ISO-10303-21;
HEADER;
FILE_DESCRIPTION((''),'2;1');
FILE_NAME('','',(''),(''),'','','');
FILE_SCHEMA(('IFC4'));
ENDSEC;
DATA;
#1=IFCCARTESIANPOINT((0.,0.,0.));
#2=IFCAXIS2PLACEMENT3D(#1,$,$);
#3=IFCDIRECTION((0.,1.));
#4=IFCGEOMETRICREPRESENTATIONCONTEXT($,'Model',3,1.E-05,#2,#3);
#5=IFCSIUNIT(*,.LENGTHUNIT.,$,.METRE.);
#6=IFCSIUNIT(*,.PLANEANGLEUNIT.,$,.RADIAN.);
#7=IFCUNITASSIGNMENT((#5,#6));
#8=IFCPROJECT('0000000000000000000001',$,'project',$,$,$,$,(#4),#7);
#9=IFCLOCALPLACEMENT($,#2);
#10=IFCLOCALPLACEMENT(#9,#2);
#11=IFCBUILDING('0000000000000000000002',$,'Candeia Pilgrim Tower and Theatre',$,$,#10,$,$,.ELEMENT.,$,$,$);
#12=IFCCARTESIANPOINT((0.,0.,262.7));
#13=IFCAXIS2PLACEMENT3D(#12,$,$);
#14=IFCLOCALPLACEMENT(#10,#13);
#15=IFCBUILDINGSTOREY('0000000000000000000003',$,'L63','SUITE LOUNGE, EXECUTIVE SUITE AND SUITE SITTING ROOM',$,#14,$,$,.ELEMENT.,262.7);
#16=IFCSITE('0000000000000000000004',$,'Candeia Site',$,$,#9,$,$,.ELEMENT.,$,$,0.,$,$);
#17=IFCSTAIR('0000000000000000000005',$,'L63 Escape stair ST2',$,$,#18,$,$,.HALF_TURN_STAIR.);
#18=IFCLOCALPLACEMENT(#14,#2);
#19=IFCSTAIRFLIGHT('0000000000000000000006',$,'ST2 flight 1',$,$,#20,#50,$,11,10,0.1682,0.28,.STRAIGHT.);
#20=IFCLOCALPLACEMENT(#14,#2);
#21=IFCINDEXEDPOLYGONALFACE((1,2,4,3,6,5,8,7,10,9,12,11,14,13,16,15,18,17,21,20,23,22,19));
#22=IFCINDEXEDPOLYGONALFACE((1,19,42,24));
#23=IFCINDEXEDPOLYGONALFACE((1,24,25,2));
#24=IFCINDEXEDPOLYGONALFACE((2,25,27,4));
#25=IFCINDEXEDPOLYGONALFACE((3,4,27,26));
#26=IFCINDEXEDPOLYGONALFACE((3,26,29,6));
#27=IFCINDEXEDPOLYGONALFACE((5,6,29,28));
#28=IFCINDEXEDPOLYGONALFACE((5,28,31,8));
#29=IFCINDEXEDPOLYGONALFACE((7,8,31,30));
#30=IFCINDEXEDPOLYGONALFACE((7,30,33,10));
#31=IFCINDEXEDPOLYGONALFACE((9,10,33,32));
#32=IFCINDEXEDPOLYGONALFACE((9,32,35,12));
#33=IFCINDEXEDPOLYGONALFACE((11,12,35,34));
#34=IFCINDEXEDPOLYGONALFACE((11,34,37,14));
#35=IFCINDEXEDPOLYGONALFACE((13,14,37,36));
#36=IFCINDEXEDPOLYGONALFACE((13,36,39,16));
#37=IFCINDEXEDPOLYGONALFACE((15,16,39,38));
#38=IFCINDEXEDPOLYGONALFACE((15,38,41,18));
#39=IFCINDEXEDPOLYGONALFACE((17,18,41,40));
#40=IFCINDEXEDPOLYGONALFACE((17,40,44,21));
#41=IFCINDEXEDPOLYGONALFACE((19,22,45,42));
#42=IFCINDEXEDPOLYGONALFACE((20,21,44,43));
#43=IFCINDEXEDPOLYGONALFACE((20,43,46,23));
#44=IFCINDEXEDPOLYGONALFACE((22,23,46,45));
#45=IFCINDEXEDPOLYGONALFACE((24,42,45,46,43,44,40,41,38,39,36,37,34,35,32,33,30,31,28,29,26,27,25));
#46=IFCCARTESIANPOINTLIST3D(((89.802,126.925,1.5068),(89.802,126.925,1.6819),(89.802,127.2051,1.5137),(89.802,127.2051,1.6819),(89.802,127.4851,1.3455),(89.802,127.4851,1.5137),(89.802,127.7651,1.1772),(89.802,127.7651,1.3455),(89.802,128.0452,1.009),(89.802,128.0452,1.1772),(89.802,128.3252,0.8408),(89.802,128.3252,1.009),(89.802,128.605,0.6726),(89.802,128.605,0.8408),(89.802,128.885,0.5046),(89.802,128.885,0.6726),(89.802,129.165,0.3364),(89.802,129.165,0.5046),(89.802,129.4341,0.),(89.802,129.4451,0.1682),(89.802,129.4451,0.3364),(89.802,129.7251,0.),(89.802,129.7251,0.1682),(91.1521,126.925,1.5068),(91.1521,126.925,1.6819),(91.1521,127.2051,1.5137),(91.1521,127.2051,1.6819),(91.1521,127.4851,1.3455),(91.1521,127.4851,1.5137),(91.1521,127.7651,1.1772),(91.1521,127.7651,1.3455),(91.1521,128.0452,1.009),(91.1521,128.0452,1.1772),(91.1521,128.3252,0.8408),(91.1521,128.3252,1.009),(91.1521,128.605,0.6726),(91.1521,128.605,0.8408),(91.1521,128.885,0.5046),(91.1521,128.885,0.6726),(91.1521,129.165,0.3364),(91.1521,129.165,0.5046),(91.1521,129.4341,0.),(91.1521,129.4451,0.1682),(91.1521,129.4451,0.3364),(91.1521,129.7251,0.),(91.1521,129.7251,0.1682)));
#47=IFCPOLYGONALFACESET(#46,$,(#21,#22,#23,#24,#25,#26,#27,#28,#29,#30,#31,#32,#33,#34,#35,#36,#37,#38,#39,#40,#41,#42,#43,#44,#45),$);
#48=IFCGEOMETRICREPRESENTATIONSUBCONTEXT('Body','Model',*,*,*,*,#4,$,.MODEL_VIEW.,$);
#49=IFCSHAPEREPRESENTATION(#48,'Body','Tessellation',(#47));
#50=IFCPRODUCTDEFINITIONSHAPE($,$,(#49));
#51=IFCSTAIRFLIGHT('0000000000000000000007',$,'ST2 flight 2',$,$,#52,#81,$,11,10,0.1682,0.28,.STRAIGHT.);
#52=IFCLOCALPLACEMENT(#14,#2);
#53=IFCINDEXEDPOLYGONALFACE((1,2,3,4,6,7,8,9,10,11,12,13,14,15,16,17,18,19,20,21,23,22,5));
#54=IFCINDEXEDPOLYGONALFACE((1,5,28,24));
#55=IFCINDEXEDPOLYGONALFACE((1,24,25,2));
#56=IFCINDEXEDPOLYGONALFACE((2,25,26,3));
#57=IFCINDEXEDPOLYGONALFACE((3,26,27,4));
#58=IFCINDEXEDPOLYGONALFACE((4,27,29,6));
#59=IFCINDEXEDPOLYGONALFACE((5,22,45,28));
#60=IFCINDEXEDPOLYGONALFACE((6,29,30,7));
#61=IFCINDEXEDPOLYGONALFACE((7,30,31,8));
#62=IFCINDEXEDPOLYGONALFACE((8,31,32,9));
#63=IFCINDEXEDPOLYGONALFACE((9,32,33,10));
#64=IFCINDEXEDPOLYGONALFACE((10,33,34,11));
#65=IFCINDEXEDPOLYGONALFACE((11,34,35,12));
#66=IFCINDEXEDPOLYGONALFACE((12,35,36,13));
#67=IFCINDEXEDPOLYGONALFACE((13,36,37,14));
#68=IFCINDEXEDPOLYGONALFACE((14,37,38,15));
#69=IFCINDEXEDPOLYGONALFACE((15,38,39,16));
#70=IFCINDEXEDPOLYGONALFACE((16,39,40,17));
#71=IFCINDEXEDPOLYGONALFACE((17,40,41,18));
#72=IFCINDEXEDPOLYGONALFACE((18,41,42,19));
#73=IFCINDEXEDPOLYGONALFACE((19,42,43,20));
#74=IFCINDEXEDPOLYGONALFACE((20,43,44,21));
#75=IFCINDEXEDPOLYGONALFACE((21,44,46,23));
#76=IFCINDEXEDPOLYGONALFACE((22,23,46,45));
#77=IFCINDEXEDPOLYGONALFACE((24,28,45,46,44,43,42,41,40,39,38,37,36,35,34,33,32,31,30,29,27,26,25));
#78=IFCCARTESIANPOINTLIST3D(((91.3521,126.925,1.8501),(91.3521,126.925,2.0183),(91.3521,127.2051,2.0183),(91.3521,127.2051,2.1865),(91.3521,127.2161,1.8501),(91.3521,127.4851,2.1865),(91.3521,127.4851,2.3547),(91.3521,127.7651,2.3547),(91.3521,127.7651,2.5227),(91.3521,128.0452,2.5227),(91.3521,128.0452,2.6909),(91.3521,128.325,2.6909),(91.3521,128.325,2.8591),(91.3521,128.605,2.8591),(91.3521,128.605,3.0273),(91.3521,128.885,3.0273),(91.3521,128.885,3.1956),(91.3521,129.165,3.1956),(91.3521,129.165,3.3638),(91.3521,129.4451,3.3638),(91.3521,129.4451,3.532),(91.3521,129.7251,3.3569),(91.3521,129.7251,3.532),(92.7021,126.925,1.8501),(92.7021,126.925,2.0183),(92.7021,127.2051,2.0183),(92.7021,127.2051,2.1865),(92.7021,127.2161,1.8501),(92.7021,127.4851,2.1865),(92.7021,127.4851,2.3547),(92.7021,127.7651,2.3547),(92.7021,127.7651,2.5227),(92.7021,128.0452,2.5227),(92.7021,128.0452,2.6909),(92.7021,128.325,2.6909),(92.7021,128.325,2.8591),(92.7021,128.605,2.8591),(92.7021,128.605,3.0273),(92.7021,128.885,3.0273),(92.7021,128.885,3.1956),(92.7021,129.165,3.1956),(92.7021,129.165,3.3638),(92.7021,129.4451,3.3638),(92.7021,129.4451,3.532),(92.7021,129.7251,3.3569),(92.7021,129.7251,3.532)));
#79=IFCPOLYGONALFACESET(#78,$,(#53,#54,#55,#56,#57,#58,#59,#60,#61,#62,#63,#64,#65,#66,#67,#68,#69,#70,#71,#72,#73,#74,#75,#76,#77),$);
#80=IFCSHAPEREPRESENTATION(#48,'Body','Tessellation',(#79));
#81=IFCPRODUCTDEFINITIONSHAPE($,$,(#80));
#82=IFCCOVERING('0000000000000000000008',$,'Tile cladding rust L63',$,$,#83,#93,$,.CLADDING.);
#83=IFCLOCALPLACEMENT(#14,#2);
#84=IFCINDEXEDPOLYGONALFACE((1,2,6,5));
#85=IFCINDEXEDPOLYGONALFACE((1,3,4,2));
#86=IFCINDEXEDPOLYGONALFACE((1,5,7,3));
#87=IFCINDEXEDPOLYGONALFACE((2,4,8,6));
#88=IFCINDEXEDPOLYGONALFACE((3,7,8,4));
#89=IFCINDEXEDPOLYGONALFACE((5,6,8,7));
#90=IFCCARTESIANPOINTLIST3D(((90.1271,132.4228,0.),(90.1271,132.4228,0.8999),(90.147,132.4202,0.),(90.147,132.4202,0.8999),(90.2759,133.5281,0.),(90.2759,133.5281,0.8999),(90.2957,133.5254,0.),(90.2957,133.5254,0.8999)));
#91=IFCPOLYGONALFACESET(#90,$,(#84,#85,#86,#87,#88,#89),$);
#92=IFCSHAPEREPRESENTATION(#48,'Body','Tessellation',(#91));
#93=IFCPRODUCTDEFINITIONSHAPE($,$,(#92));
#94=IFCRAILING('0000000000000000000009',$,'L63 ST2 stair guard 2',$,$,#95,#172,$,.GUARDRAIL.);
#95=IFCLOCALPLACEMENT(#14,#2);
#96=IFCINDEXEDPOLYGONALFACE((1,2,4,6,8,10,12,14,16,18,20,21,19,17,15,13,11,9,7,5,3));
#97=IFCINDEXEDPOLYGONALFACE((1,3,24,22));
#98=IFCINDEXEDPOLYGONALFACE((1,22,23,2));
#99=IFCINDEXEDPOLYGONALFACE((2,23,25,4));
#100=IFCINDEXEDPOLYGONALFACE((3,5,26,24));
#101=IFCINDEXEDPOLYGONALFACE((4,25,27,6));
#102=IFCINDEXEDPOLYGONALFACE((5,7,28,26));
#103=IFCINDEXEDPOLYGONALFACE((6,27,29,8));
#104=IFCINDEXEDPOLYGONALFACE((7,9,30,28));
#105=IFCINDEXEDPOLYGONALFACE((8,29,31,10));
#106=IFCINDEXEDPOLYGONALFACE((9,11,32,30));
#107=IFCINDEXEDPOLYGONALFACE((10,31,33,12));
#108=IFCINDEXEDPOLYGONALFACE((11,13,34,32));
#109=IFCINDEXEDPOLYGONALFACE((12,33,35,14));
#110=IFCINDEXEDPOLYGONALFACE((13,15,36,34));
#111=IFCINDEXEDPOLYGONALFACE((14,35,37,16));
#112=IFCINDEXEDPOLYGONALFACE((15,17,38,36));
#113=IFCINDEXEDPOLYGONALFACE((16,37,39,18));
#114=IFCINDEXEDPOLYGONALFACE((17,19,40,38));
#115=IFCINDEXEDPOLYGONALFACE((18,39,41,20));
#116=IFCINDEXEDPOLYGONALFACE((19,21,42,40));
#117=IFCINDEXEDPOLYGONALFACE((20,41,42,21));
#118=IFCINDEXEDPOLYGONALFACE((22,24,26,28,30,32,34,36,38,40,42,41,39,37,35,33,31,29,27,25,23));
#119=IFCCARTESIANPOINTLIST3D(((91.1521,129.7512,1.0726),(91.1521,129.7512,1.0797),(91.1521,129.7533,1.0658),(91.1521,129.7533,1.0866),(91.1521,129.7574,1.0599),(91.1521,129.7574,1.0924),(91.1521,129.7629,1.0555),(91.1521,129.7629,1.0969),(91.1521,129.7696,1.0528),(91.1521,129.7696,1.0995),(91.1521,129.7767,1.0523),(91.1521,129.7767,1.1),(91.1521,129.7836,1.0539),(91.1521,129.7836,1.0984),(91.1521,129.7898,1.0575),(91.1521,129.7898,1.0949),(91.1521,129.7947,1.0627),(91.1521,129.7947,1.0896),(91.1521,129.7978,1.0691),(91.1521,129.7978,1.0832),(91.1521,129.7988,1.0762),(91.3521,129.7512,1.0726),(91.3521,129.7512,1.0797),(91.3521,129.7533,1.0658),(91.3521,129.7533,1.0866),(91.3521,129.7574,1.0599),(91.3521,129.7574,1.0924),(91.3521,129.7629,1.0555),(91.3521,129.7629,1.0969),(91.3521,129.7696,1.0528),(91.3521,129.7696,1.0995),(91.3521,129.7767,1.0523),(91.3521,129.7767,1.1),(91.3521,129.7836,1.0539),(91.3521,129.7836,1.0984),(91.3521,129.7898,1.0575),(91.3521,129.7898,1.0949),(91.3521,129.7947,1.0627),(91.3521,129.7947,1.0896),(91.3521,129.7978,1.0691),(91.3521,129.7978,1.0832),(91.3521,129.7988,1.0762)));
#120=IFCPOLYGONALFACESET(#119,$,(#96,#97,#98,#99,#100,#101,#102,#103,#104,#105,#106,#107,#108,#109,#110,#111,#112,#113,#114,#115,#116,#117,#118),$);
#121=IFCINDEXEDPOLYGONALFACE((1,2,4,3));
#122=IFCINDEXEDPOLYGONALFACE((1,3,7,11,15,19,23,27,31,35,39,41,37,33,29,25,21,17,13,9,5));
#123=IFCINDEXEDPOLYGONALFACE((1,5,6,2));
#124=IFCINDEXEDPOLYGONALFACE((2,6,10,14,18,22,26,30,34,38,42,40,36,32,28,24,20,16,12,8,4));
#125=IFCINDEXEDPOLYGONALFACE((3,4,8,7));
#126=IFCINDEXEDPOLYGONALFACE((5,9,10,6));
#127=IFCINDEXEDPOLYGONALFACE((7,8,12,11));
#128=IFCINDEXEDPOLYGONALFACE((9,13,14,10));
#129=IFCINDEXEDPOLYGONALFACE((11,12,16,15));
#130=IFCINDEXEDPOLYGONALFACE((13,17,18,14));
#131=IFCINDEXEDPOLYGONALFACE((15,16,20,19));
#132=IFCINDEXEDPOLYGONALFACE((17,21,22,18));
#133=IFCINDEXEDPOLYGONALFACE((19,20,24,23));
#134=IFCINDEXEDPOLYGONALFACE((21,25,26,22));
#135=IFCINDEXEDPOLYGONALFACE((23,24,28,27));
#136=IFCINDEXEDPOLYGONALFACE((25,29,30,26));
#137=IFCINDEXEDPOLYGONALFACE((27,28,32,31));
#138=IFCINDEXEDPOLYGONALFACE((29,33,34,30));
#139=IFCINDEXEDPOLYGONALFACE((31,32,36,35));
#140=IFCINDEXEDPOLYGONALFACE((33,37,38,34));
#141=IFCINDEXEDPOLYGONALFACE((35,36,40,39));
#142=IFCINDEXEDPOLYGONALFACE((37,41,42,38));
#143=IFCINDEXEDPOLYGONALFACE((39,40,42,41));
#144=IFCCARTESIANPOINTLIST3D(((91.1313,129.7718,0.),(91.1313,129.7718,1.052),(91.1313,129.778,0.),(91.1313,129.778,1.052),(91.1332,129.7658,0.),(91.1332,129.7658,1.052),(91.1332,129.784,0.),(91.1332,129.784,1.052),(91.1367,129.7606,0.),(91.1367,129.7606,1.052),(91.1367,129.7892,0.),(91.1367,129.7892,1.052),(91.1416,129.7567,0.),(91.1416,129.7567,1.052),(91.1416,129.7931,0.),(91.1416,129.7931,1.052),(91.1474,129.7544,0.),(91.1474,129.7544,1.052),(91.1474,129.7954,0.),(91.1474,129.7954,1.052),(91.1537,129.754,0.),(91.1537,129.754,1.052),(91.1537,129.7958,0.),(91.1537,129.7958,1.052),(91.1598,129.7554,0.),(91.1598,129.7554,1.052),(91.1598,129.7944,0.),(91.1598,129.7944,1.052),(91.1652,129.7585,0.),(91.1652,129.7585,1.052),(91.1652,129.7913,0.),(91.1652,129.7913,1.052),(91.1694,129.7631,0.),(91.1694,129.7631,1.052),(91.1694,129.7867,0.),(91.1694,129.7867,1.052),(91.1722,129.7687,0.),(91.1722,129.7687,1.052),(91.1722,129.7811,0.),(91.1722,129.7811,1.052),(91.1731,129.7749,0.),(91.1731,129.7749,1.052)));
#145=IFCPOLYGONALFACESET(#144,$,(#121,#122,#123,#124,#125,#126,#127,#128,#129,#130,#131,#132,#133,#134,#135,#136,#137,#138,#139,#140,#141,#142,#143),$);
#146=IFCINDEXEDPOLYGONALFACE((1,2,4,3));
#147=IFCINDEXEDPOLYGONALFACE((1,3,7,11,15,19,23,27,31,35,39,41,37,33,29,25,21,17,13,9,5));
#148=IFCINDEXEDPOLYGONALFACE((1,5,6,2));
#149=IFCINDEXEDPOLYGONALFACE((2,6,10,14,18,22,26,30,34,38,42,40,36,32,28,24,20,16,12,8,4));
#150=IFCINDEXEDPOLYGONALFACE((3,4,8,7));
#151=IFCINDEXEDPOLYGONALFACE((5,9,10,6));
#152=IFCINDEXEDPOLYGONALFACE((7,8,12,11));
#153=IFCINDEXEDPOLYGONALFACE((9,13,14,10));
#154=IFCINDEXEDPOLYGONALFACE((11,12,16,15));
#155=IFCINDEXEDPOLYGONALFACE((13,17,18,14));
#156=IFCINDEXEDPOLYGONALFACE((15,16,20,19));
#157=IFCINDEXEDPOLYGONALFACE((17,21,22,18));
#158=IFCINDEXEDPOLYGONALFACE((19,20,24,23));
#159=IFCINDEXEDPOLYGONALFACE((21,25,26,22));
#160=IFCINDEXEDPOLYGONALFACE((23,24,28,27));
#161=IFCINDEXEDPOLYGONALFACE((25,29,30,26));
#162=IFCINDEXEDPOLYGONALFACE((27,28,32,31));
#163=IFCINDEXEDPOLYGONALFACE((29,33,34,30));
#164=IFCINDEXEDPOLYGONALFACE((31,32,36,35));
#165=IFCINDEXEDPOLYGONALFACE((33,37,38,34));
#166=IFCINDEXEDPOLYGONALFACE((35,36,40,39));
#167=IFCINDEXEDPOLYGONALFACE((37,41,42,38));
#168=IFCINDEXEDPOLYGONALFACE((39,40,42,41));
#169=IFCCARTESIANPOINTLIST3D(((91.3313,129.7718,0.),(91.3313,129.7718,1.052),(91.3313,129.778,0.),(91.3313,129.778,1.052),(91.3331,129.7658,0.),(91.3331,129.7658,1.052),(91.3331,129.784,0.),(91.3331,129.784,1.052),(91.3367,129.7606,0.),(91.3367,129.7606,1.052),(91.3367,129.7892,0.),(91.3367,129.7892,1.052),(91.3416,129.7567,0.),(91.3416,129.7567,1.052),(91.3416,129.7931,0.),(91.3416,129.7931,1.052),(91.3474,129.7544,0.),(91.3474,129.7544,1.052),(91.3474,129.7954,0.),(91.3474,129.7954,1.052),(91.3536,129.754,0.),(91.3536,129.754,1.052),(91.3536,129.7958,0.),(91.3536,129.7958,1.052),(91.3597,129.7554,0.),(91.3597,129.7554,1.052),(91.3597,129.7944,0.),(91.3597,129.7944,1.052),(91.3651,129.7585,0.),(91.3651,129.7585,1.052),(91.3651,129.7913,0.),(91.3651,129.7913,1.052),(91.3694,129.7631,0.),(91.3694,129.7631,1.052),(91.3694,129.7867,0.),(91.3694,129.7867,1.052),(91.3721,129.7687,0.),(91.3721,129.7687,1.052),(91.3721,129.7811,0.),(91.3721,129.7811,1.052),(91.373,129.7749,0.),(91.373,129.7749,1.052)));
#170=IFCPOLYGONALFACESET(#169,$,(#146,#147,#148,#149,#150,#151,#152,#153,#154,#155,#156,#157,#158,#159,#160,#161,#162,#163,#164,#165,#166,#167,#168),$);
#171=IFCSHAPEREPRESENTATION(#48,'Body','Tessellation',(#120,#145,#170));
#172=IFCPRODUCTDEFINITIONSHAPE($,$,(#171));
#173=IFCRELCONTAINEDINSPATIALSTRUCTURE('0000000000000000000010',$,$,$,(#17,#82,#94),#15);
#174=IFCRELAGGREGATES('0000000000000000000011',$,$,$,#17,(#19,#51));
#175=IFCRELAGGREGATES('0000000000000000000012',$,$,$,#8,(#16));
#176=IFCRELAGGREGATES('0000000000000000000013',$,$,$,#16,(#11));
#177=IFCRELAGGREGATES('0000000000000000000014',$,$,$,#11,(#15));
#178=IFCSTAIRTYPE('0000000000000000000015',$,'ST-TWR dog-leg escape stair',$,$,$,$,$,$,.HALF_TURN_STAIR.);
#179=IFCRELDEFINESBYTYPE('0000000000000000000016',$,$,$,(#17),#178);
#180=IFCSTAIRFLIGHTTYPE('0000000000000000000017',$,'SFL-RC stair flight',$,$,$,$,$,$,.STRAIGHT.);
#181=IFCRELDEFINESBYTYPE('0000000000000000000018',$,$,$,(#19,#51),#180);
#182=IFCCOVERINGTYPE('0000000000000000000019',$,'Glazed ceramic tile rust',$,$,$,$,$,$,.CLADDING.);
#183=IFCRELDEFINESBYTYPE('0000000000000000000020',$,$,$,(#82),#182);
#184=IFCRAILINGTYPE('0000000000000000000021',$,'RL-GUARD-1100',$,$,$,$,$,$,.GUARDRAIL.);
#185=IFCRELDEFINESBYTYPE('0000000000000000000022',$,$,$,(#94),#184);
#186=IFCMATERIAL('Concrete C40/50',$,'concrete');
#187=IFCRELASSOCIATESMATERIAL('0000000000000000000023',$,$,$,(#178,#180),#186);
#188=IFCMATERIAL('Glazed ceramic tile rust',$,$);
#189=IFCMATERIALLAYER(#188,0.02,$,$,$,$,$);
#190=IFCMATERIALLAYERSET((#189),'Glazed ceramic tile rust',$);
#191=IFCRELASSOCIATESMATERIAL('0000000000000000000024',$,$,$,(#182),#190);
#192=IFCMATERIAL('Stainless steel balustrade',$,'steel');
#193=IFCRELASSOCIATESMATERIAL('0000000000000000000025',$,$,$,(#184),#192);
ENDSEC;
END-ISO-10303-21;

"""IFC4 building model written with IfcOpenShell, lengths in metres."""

from ifc_helpers import new_model, si_unit, direction, frame, origin, origin_2d, place, context, subcontext, project, spatial, polyline, rectangle, circle, outline, extrude, material, layer, layer_set, type_object, element, aggregate, save


model = new_model("IFC4")

# Units and contexts
model_context = context("Model", 3, precision=1e-05, world=origin(), true_north=direction((0.0, 1.0)))
body_context = subcontext(model_context, "Body", "Model", "MODEL_VIEW")
ifc_project = project(units=[si_unit("LENGTHUNIT", "METRE"), si_unit("PLANEANGLEUNIT", "RADIAN")], contexts=[model_context])

# Site, building, storey
site_placement = place(None, origin())
site = spatial("IfcSite", under=ifc_project, at=site_placement, Name="Candeia Site", CompositionType="ELEMENT", RefElevation=0.0)
building_placement = place(site_placement, origin())
building = spatial("IfcBuilding", under=site, at=building_placement, Name="Candeia Pilgrim Tower and Theatre", CompositionType="ELEMENT")
storey_placement = place(building_placement, frame((0.0, 0.0, 262.7)))
storey = spatial("IfcBuildingStorey", under=building, at=storey_placement, Name="L63", Description="SUITE LOUNGE, EXECUTIVE SUITE AND SUITE SITTING ROOM", CompositionType="ELEMENT", Elevation=262.7)

# Shared definitions
ifc_material_1 = material(Name="Concrete C40/50", Category="concrete")

# Stair, stair flights
stair_type = type_object("IfcStairType", Name="ST-TWR dog-leg escape stair", PredefinedType="HALF_TURN_STAIR", material=ifc_material_1)
stair_placement = place(storey_placement, origin())
stair = element("IfcStair", 1, at=stair_placement, inside=storey, type_object=stair_type, Name="L63 Escape stair ST2", PredefinedType="HALF_TURN_STAIR")
stair_flight_type = type_object("IfcStairFlightType", Name="SFL-RC stair flight", PredefinedType="STRAIGHT", material=ifc_material_1)
stair_flight_1_placement = place(storey_placement, frame((90.4771, 129.7251, 0.0), z_axis=(0.0, 0.0, 1.0), x_axis=(0.0, -1.0, 0.0)))
stair_flight_1 = element("IfcStairFlight", 2, at=stair_flight_1_placement, type_object=stair_flight_type, Name="ST2 flight 1", NumberOfRisers=11, NumberOfTreads=10, PredefinedType="STRAIGHT", RiserHeight=0.1682, TreadLength=0.28, context=body_context, shape_type="SweptSolid", body=[
    extrude(outline(polyline([(0.0, 0.0), (0.0, 0.1682), (0.28, 0.1682), (0.28, 0.3364), (0.5601, 0.3364), (0.5601, 0.5046), (0.8401, 0.5046), (0.8401, 0.6726), (1.1201, 0.6726), (1.1201, 0.8408), (1.3999, 0.8408), (1.3999, 1.009), (1.6799, 1.009), (1.6799, 1.1772), (1.96, 1.1772), (1.96, 1.3455), (2.24, 1.3455), (2.24, 1.5137), (2.52, 1.5137), (2.52, 1.6819), (2.8, 1.6819), (2.8, 1.8501), (2.8, 1.5068), (0.291, 0.0), (0.0, 0.0)])), frame((0.0, 0.675, 0.0), z_axis=(0.0, -1.0, 0.0), x_axis=(1.0, 0.0, 0.0)), (0.0, 0.0, 1.0), 1.3501),
])
stair_flight_2_placement = place(storey_placement, frame((92.0271, 126.925, 1.8501), z_axis=(0.0, 0.0, 1.0), x_axis=(0.0, 1.0, 0.0)))
stair_flight_2 = element("IfcStairFlight", 3, at=stair_flight_2_placement, type_object=stair_flight_type, Name="ST2 flight 2", NumberOfRisers=11, NumberOfTreads=10, PredefinedType="STRAIGHT", RiserHeight=0.1682, TreadLength=0.28, context=body_context, shape_type="SweptSolid", body=[
    extrude(outline(polyline([(0.0, 0.0), (0.0, 0.1682), (0.28, 0.1682), (0.28, 0.3364), (0.5601, 0.3364), (0.5601, 0.5046), (0.8401, 0.5046), (0.8401, 0.6726), (1.1201, 0.6726), (1.1201, 0.8408), (1.3999, 0.8408), (1.3999, 1.009), (1.6799, 1.009), (1.6799, 1.1772), (1.96, 1.1772), (1.96, 1.3455), (2.24, 1.3455), (2.24, 1.5137), (2.52, 1.5137), (2.52, 1.6819), (2.8, 1.6819), (2.8, 1.8501), (2.8, 1.5068), (0.291, 0.0), (0.0, 0.0)])), frame((0.0, 0.675, 0.0), z_axis=(0.0, -1.0, 0.0), x_axis=(1.0, 0.0, 0.0)), (0.0, 0.0, 1.0), 1.3501),
])
aggregate(stair, [stair_flight_1, stair_flight_2])

# Shared definitions
ifc_material_2 = material(Name="Stainless steel balustrade", Category="steel")

# Covering
ifc_material_3 = material(Name="Glazed ceramic tile rust")
ifc_layer_1 = layer(ifc_material_3, 0.02)
ifc_layer_set_1 = layer_set([ifc_layer_1], Name="Glazed ceramic tile rust")
covering_type = type_object("IfcCoveringType", Name="Glazed ceramic tile rust", PredefinedType="CLADDING", material=ifc_layer_set_1)
covering_placement = place(storey_placement, frame((90.2114, 132.9741, 0.0), z_axis=(0.0, 0.0, 1.0), x_axis=(-0.133412, -0.991061, 0.0)))
element("IfcCovering", 4, at=covering_placement, inside=storey, type_object=covering_type, Name="Tile cladding rust L63", PredefinedType="CLADDING", context=body_context, shape_type="SweptSolid", body=[
    extrude(rectangle(XDim=1.1152, YDim=0.02, at=origin_2d()), origin(), (0.0, 0.0, 1.0), 0.8999),
])

# Railing
railing_type_1 = type_object("IfcRailingType", Name="RL-GUARD-1100", PredefinedType="GUARDRAIL", material=ifc_material_2)
railing_1_placement = place(storey_placement, frame((91.1521, 129.7749, 0.0)))
element("IfcRailing", 5, at=railing_1_placement, inside=storey, type_object=railing_type_1, Name="L63 ST2 stair guard 2", PredefinedType="GUARDRAIL", context=body_context, shape_type="SweptSolid", body=[
    extrude(circle(Radius=0.0239, at=origin_2d()), frame((0.0, 0.0, 1.0762), z_axis=(1.0, 0.0, 0.0), x_axis=(0.0, 1.0, 0.0)), (0.0, 0.0, 1.0), 0.2),
    extrude(circle(Radius=0.021, at=origin_2d()), origin(), (0.0, 0.0, 1.0), 1.052),
    extrude(circle(Radius=0.021, at=origin_2d()), frame((0.2, 0.0, 0.0)), (0.0, 0.0, 1.0), 1.052),
])

save(model, "model.ifc")
